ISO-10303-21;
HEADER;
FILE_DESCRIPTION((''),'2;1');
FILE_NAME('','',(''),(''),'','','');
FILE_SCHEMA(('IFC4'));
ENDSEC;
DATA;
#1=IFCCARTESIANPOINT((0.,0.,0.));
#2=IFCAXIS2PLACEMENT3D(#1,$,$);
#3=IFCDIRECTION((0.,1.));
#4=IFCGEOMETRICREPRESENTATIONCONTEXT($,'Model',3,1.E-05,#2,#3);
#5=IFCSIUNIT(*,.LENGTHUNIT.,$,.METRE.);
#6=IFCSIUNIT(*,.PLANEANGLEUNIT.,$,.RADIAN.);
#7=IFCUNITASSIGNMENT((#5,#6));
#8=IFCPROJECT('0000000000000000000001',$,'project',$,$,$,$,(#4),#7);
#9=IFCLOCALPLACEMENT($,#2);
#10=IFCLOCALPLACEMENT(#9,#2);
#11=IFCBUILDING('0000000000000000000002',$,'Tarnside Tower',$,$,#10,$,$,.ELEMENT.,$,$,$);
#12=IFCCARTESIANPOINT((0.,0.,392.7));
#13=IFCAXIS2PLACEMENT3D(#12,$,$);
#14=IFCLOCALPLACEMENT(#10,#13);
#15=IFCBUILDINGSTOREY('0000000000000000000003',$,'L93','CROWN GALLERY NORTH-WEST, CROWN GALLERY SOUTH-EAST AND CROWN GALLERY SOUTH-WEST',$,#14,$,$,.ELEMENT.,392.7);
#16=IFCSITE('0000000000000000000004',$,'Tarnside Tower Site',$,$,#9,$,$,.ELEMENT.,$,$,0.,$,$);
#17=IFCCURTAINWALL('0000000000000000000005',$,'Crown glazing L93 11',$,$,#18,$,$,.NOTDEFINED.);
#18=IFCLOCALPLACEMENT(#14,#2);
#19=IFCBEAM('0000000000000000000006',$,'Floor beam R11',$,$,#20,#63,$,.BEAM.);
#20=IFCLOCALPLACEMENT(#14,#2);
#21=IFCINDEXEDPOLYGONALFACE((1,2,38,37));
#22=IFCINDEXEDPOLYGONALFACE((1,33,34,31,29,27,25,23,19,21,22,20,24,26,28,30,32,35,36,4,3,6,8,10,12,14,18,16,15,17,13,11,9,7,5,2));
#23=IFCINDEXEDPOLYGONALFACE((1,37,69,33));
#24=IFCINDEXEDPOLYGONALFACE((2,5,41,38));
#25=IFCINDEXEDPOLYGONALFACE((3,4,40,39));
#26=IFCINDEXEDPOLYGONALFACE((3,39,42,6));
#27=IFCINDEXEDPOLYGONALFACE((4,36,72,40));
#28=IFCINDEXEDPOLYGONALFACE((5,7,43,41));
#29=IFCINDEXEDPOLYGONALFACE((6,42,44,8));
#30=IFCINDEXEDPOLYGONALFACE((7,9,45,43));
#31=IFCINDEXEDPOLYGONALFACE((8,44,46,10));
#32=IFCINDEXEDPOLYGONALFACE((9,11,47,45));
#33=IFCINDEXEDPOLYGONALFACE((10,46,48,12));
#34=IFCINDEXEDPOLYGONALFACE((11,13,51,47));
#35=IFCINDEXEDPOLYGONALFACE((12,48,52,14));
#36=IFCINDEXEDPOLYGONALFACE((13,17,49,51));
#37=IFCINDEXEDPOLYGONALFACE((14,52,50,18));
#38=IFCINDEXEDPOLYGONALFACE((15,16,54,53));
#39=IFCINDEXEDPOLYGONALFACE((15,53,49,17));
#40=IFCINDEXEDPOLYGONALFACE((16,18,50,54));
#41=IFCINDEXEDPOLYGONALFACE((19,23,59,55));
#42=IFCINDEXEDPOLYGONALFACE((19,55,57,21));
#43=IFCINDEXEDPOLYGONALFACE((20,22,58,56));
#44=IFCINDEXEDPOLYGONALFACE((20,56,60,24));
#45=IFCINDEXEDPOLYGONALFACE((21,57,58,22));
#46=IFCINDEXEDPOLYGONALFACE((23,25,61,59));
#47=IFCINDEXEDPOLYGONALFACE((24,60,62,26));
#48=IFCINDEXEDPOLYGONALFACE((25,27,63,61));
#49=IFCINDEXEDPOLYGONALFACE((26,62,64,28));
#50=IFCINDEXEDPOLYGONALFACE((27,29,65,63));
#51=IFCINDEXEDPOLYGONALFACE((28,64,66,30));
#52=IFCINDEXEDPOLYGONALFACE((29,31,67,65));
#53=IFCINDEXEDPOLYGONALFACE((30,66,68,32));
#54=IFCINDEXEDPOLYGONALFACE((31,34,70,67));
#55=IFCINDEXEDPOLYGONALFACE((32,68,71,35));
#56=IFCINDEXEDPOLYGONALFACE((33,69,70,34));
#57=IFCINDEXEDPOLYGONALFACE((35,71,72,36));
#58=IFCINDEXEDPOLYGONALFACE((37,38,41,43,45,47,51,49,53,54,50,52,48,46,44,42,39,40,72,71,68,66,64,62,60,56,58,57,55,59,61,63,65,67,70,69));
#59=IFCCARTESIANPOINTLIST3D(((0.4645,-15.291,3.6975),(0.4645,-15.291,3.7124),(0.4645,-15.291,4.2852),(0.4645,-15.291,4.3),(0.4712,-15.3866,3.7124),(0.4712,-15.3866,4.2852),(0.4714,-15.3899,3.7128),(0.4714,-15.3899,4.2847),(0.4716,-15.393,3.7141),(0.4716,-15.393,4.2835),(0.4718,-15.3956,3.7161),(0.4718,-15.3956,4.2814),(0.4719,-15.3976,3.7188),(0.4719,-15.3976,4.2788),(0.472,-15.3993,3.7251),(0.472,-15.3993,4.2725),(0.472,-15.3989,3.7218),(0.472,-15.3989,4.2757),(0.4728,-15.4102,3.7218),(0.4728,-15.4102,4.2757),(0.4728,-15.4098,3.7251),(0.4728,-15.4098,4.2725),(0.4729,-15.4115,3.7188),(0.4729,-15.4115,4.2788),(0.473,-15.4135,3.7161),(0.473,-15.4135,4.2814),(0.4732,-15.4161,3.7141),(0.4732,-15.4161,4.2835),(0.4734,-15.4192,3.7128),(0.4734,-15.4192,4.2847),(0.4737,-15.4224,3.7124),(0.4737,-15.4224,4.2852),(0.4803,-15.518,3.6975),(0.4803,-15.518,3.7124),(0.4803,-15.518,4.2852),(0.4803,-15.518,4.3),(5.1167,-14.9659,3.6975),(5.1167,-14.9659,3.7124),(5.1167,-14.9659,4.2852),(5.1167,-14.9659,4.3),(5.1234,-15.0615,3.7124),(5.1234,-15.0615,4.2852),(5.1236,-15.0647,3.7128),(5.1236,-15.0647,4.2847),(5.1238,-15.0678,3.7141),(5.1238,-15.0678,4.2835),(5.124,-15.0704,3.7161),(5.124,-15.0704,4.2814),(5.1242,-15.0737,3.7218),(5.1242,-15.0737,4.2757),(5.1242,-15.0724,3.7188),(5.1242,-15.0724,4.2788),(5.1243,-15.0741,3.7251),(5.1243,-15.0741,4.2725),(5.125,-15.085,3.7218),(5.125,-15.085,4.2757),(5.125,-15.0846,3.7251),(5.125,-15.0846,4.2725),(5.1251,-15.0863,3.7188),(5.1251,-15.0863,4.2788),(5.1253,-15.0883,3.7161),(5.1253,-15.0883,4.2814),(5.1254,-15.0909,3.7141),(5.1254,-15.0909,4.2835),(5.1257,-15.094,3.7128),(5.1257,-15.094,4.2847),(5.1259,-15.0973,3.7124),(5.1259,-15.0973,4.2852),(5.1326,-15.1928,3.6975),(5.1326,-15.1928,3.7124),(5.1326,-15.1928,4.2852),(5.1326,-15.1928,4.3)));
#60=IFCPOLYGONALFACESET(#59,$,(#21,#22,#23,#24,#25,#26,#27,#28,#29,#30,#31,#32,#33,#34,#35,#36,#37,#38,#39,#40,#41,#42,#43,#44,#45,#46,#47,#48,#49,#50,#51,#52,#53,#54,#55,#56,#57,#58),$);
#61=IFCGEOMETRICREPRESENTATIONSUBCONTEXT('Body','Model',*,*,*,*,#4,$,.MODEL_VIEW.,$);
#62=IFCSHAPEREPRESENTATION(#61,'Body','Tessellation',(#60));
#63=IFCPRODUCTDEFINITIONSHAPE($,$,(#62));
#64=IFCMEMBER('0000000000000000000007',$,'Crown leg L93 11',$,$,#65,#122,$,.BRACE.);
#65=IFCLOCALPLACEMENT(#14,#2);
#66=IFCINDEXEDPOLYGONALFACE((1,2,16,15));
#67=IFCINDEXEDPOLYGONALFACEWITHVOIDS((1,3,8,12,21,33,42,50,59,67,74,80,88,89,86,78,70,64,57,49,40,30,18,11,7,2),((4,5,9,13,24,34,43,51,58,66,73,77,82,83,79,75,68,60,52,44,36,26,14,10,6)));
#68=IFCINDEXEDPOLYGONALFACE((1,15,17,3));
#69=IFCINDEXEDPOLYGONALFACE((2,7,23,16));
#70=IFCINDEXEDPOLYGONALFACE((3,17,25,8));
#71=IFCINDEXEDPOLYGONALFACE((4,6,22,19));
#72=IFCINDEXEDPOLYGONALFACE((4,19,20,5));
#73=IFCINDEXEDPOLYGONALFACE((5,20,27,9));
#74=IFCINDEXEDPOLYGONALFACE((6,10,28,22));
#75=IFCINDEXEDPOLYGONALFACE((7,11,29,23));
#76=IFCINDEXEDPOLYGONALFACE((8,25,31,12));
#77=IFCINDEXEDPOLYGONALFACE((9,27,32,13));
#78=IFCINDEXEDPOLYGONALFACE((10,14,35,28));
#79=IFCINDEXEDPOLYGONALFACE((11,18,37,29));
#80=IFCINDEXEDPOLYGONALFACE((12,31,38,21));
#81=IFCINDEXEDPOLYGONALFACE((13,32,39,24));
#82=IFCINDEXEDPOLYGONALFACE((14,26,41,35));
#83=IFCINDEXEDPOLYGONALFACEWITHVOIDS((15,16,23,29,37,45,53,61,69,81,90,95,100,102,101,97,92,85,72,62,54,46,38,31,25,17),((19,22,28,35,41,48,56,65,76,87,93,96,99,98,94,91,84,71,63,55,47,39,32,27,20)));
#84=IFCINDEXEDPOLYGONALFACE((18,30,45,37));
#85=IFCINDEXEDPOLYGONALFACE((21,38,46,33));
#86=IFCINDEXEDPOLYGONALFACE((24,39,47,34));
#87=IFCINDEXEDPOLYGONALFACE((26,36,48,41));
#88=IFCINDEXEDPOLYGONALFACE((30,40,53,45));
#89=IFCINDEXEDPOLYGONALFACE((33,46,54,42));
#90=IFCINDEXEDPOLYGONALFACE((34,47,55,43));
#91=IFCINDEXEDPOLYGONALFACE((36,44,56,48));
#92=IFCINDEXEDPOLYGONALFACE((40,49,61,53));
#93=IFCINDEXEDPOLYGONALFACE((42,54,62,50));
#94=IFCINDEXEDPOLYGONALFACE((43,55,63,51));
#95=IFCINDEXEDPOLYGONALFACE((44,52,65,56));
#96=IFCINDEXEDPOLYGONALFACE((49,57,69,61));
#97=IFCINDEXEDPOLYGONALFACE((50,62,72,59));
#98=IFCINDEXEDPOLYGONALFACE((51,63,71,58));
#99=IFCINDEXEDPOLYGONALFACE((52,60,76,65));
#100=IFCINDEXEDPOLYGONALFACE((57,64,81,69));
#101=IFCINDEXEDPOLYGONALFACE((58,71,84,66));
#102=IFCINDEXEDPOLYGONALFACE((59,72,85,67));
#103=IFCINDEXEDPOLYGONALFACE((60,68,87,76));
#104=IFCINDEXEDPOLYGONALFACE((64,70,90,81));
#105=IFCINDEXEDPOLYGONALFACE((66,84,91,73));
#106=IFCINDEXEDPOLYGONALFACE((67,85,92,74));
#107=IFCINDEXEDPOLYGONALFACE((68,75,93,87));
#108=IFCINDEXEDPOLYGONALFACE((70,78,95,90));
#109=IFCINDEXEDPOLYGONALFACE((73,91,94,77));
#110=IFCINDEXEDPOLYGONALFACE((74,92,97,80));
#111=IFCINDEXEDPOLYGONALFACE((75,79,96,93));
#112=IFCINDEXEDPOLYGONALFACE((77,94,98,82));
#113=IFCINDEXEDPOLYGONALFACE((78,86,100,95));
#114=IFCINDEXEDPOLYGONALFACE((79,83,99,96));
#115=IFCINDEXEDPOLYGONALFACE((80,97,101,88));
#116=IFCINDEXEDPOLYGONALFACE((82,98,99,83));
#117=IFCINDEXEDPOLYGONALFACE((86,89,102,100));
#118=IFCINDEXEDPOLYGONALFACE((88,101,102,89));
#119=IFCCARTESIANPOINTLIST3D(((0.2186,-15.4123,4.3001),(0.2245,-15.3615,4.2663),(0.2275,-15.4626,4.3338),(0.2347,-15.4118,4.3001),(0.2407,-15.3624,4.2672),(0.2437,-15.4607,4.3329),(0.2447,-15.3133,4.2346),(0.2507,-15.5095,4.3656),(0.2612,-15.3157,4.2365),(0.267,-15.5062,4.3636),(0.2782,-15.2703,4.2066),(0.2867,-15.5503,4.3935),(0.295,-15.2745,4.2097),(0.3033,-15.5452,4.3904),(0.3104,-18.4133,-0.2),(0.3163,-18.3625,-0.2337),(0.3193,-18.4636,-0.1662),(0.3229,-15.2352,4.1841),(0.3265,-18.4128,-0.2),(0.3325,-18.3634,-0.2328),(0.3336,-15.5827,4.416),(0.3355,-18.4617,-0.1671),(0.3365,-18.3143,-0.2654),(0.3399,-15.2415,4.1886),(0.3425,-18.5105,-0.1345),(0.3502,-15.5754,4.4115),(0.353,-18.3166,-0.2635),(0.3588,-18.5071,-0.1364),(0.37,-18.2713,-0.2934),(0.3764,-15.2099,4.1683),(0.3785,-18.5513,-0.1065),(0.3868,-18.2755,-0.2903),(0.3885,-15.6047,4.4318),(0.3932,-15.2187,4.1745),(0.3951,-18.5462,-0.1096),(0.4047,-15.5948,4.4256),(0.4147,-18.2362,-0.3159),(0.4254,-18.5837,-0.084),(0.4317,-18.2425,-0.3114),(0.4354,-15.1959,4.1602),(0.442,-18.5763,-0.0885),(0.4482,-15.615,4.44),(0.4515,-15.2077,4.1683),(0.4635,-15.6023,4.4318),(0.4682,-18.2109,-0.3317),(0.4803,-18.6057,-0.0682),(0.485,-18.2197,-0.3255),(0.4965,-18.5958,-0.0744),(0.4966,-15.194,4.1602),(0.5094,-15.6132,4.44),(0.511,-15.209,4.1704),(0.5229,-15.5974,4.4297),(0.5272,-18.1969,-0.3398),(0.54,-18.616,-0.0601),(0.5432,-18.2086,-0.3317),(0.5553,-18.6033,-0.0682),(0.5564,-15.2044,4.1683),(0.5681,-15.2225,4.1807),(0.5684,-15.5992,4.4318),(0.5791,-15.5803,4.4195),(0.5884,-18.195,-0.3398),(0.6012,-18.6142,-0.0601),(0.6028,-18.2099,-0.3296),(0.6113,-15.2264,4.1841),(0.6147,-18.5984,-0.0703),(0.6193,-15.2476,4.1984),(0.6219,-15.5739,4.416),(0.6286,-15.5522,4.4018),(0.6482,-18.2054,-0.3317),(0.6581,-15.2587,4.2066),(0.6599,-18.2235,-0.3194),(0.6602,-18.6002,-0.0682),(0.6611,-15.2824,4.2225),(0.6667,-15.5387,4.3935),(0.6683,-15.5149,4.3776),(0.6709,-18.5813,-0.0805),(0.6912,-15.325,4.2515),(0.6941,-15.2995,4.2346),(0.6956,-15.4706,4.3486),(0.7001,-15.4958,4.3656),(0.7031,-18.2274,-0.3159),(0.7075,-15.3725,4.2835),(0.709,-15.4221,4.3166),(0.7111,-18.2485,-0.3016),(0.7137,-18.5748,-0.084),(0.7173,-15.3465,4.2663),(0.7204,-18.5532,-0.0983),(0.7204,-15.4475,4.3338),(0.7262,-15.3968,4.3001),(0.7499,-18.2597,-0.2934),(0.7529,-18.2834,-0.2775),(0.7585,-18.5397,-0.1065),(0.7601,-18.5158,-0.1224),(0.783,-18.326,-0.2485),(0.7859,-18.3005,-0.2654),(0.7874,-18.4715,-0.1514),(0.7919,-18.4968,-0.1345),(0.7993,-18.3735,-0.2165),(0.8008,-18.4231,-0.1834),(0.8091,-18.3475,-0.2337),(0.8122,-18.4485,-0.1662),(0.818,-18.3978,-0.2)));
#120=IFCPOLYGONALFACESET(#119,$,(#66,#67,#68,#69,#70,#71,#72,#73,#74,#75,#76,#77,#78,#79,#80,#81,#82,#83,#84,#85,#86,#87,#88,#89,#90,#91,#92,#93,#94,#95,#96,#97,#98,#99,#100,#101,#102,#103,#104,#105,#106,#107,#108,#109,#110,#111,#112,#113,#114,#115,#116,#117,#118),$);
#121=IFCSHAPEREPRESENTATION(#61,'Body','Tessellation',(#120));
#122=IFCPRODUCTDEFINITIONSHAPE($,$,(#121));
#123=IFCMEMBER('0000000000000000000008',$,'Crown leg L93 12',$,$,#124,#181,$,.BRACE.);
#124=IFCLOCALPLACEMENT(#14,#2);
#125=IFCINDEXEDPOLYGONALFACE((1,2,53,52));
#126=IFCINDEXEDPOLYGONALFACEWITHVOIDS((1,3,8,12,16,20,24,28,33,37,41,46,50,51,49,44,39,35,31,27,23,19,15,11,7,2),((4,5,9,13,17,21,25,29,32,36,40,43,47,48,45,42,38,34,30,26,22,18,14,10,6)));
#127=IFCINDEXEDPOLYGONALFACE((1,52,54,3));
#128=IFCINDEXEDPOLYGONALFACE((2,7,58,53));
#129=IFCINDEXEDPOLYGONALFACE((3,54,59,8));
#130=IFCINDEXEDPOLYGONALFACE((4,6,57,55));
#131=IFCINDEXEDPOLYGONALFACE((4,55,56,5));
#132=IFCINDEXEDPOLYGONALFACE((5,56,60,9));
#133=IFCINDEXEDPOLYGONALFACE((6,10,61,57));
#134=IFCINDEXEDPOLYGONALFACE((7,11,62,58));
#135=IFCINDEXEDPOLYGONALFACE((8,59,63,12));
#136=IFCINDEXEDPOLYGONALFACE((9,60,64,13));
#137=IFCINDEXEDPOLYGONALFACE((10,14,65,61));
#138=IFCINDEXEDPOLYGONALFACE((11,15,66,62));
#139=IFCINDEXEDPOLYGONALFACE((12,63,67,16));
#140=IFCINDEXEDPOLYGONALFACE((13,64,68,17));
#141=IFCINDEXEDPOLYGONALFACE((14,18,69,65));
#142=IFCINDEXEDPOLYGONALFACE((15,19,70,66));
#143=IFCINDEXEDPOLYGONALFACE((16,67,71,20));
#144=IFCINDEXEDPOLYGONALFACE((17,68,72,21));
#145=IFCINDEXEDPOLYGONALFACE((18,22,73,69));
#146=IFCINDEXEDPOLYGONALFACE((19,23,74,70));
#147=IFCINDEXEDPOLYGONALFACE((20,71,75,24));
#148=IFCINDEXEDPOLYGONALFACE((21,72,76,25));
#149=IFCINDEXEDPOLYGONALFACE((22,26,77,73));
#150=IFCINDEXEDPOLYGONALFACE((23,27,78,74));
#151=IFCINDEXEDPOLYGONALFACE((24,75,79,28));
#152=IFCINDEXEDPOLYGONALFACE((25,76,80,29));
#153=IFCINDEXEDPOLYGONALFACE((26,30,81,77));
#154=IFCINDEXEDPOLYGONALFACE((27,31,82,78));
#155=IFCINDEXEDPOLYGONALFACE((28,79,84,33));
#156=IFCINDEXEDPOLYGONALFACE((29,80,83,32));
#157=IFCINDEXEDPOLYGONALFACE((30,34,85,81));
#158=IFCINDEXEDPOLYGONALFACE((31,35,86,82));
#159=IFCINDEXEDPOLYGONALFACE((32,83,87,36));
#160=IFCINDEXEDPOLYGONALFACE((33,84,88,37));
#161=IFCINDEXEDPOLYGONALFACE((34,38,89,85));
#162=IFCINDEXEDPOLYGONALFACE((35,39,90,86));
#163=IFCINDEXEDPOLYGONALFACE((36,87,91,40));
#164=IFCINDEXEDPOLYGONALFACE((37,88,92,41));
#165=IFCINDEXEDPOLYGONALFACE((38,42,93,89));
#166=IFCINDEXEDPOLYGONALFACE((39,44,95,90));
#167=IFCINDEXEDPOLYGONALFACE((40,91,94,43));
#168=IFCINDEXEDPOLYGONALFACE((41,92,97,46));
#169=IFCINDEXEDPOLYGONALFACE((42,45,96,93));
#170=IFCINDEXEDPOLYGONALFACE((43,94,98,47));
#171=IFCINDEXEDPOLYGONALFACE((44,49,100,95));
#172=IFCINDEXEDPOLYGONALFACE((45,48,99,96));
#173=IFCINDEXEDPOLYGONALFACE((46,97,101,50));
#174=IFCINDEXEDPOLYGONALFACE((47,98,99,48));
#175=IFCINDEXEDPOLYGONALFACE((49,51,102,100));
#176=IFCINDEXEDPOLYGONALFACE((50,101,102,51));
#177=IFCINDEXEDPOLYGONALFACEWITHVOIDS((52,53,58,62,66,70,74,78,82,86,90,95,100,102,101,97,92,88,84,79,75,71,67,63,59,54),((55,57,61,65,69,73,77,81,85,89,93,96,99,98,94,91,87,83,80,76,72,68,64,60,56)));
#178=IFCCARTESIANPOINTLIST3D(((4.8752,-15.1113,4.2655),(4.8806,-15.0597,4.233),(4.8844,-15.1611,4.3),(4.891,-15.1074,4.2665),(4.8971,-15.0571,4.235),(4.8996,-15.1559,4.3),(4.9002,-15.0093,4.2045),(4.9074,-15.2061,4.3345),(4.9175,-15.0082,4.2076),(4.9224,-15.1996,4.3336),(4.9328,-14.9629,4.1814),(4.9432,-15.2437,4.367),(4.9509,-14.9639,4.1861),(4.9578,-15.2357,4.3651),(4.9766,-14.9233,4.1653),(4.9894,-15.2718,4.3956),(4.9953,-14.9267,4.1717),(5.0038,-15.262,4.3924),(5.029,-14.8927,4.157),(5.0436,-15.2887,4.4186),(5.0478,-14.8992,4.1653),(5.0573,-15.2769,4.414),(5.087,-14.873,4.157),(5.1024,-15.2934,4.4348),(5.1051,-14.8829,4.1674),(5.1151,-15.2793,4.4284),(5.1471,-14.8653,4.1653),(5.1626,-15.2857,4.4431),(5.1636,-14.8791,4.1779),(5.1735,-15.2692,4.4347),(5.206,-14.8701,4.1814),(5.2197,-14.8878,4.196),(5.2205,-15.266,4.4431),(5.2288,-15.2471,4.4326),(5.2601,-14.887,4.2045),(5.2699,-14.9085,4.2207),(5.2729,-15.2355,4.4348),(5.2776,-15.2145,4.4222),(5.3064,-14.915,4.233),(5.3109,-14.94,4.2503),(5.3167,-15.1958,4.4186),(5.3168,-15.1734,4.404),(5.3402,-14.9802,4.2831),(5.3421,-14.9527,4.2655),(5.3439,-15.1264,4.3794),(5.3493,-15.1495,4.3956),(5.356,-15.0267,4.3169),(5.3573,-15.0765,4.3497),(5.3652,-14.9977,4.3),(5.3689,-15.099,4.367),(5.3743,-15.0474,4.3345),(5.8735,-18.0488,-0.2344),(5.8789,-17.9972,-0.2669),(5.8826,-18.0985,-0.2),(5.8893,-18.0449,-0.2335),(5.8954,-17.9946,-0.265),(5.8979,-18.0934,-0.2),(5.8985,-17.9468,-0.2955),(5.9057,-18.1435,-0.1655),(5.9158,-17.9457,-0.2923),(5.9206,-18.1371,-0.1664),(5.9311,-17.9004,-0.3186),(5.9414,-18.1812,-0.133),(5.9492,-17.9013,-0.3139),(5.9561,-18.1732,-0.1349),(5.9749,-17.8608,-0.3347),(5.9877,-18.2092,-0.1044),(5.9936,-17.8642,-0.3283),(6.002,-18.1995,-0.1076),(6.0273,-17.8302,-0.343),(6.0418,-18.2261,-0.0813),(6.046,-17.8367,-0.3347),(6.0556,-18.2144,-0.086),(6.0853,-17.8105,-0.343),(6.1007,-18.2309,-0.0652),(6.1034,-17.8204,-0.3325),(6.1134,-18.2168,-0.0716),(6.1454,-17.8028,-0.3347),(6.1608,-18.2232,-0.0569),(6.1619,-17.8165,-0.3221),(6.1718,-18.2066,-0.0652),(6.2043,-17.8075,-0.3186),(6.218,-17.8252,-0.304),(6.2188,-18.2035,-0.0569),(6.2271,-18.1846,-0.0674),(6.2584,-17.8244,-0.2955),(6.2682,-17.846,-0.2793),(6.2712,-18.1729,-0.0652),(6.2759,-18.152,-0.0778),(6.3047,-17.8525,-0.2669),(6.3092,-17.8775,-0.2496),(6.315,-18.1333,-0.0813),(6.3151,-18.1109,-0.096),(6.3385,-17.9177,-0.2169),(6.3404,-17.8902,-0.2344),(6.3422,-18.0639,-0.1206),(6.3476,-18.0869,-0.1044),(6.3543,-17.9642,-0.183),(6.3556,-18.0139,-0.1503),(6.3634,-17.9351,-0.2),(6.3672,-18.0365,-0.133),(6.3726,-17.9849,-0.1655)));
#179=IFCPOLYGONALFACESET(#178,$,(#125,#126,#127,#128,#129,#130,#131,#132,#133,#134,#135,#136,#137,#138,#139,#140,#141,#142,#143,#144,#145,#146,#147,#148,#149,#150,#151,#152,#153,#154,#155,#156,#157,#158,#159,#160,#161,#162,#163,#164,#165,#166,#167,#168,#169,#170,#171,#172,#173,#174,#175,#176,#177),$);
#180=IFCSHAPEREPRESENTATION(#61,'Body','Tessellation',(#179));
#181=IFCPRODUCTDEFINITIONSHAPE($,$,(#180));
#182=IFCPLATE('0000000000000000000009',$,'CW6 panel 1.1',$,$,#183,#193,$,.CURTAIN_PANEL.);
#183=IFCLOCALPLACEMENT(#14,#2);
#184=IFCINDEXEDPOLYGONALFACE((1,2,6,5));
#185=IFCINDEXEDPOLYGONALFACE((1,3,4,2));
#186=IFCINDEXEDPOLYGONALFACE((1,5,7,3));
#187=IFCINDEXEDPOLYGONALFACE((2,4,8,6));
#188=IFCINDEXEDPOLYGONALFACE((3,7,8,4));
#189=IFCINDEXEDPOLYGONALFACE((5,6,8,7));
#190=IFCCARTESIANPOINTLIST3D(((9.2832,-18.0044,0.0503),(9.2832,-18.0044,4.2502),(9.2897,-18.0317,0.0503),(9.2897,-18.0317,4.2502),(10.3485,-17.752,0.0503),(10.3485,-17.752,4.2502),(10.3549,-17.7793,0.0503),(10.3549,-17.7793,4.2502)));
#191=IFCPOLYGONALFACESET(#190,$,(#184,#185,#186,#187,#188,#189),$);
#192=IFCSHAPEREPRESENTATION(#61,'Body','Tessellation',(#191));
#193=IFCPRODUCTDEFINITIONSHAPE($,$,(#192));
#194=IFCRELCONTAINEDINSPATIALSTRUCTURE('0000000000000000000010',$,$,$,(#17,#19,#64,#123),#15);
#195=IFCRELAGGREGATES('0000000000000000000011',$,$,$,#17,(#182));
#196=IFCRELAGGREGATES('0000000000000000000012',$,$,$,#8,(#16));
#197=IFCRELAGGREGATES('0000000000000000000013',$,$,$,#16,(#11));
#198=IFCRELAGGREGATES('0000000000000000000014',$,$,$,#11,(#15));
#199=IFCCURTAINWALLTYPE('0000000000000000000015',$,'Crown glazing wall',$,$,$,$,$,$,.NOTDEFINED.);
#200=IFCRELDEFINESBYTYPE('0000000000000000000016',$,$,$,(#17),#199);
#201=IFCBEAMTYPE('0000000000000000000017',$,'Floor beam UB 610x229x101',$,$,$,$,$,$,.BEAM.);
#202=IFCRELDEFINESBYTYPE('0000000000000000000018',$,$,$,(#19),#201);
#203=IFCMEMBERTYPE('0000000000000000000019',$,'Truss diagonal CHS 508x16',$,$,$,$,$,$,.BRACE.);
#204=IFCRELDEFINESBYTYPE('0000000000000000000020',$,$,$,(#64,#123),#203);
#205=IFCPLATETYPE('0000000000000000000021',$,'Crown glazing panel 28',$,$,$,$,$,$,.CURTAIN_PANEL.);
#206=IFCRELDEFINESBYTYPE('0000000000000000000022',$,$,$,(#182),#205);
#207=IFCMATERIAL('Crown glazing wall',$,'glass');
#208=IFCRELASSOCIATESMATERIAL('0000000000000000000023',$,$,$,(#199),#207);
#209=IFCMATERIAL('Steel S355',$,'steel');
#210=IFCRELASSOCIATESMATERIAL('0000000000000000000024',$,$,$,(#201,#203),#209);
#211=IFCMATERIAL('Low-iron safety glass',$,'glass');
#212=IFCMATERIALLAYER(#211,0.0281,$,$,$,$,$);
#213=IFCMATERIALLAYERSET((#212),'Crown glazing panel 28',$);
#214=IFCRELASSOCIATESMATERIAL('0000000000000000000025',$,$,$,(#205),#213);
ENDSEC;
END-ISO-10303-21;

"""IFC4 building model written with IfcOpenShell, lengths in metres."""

from ifc_helpers import new_model, si_unit, direction, frame, origin, origin_2d, place, context, subcontext, project, spatial, rectangle, hollow_circle, i_section, extrude, material, layer, layer_set, material_profile, profile_set, type_object, element, aggregate, save


model = new_model("IFC4")

# Units and contexts
model_context = context("Model", 3, precision=1e-05, world=origin(), true_north=direction((0.0, 1.0)))
body_context = subcontext(model_context, "Body", "Model", "MODEL_VIEW")
ifc_project = project(units=[si_unit("LENGTHUNIT", "METRE"), si_unit("PLANEANGLEUNIT", "RADIAN")], contexts=[model_context])

# Site, building, storey
site_placement = place(None, origin())
site = spatial("IfcSite", under=ifc_project, at=site_placement, Name="Tarnside Tower Site", CompositionType="ELEMENT", RefElevation=0.0)
building_placement = place(site_placement, origin())
building = spatial("IfcBuilding", under=site, at=building_placement, Name="Tarnside Tower", CompositionType="ELEMENT")
storey_placement = place(building_placement, frame((0.0, 0.0, 392.7)))
storey = spatial("IfcBuildingStorey", under=building, at=storey_placement, Name="L93", Description="CROWN GALLERY NORTH-WEST, CROWN GALLERY SOUTH-EAST AND CROWN GALLERY SOUTH-WEST", CompositionType="ELEMENT", Elevation=392.7)

# Shared definitions
ifc_material_1 = material(Name="Crown glazing wall", Category="glass")
curtain_wall_type = type_object("IfcCurtainWallType", Name="Crown glazing wall", PredefinedType="NOTDEFINED", material=ifc_material_1)

# Curtain wall
curtain_wall_1_placement = place(storey_placement, origin())
curtain_wall_1 = element("IfcCurtainWall", 1, at=curtain_wall_1_placement, inside=storey, type_object=curtain_wall_type, Name="Crown glazing L93 11", PredefinedType="NOTDEFINED")

# Beam
ifc_material_2 = material(Name="Steel S355", Category="steel")
ifc_material_profile_1 = material_profile(ifc_material_2, i_section(OverallWidth=0.2275, OverallDepth=0.6025, WebThickness=0.0105, FlangeThickness=0.0149, FilletRadius=0.0127, at=origin_2d()), Name="UB 610x229x101")
ifc_profile_set_1 = profile_set([ifc_material_profile_1], Name="Steel S355")
beam_type = type_object("IfcBeamType", Name="Floor beam UB 610x229x101", PredefinedType="BEAM", material=ifc_profile_set_1)
beam_placement = place(storey_placement, frame((0.4724, -15.4045, 3.9988), z_axis=(0.997566, 0.069729, 0.0), x_axis=(-0.069729, 0.997566, 0.0)))
element("IfcBeam", 2, at=beam_placement, inside=storey, type_object=beam_type, Name="Floor beam R11", PredefinedType="BEAM", context=body_context, shape_type="SweptSolid", body=[
    extrude(i_section(OverallWidth=0.2275, OverallDepth=0.6025, WebThickness=0.0105, FlangeThickness=0.0149, FilletRadius=0.0127, at=origin_2d()), origin(), (0.0, 0.0, 1.0), 4.6636),
])

# Members
ifc_material_profile_2 = material_profile(ifc_material_2, hollow_circle(Radius=0.2539, WallThickness=0.0161, at=origin_2d()), Name="CHS 508x16")
ifc_profile_set_2 = profile_set([ifc_material_profile_2], Name="Steel S355")
member_type_1 = type_object("IfcMemberType", Name="Truss diagonal CHS 508x16", PredefinedType="BRACE", material=ifc_profile_set_2)
member_1_placement = place(storey_placement, frame((0.5642, -18.4055, -0.2), z_axis=(-0.016969, 0.554745, 0.831847), x_axis=(-0.999532, -0.030575, 0.0)))
element("IfcMember", 3, at=member_1_placement, inside=storey, type_object=member_type_1, Name="Crown leg L93 11", PredefinedType="BRACE", context=body_context, shape_type="SweptSolid", body=[
    extrude(hollow_circle(Radius=0.2539, WallThickness=0.0161, at=origin_2d()), origin(), (0.0, 0.0, 1.0), 5.4097),
])
member_2_placement = place(storey_placement, frame((6.123, -18.0168, -0.2), z_axis=(-0.182642, 0.537428, 0.823294), x_axis=(-0.946818, -0.32177, 0.0)))
element("IfcMember", 4, at=member_2_placement, inside=storey, type_object=member_type_1, Name="Crown leg L93 12", PredefinedType="BRACE", context=body_context, shape_type="SweptSolid", body=[
    extrude(hollow_circle(Radius=0.2539, WallThickness=0.0161, at=origin_2d()), origin(), (0.0, 0.0, 1.0), 5.4658),
])

# Plate
ifc_material_3 = material(Name="Low-iron safety glass", Category="glass")
ifc_layer_1 = layer(ifc_material_3, 0.0281)
ifc_layer_set_1 = layer_set([ifc_layer_1], Name="Crown glazing panel 28")
plate_type_1 = type_object("IfcPlateType", Name="Crown glazing panel 28", PredefinedType="CURTAIN_PANEL", material=ifc_layer_set_1)
plate_1_placement = place(storey_placement, frame((9.8191, -17.8918, 0.0503), z_axis=(0.0, 0.0, 1.0), x_axis=(-0.973045, -0.230616, 0.0)))
plate_1 = element("IfcPlate", 5, at=plate_1_placement, type_object=plate_type_1, Name="CW6 panel 1.1", PredefinedType="CURTAIN_PANEL", context=body_context, shape_type="SweptSolid", body=[
    extrude(rectangle(XDim=1.0947, YDim=0.0281, at=origin_2d()), origin(), (0.0, 0.0, 1.0), 4.2),
])
aggregate(curtain_wall_1, [plate_1])

save(model, "model.ifc")
